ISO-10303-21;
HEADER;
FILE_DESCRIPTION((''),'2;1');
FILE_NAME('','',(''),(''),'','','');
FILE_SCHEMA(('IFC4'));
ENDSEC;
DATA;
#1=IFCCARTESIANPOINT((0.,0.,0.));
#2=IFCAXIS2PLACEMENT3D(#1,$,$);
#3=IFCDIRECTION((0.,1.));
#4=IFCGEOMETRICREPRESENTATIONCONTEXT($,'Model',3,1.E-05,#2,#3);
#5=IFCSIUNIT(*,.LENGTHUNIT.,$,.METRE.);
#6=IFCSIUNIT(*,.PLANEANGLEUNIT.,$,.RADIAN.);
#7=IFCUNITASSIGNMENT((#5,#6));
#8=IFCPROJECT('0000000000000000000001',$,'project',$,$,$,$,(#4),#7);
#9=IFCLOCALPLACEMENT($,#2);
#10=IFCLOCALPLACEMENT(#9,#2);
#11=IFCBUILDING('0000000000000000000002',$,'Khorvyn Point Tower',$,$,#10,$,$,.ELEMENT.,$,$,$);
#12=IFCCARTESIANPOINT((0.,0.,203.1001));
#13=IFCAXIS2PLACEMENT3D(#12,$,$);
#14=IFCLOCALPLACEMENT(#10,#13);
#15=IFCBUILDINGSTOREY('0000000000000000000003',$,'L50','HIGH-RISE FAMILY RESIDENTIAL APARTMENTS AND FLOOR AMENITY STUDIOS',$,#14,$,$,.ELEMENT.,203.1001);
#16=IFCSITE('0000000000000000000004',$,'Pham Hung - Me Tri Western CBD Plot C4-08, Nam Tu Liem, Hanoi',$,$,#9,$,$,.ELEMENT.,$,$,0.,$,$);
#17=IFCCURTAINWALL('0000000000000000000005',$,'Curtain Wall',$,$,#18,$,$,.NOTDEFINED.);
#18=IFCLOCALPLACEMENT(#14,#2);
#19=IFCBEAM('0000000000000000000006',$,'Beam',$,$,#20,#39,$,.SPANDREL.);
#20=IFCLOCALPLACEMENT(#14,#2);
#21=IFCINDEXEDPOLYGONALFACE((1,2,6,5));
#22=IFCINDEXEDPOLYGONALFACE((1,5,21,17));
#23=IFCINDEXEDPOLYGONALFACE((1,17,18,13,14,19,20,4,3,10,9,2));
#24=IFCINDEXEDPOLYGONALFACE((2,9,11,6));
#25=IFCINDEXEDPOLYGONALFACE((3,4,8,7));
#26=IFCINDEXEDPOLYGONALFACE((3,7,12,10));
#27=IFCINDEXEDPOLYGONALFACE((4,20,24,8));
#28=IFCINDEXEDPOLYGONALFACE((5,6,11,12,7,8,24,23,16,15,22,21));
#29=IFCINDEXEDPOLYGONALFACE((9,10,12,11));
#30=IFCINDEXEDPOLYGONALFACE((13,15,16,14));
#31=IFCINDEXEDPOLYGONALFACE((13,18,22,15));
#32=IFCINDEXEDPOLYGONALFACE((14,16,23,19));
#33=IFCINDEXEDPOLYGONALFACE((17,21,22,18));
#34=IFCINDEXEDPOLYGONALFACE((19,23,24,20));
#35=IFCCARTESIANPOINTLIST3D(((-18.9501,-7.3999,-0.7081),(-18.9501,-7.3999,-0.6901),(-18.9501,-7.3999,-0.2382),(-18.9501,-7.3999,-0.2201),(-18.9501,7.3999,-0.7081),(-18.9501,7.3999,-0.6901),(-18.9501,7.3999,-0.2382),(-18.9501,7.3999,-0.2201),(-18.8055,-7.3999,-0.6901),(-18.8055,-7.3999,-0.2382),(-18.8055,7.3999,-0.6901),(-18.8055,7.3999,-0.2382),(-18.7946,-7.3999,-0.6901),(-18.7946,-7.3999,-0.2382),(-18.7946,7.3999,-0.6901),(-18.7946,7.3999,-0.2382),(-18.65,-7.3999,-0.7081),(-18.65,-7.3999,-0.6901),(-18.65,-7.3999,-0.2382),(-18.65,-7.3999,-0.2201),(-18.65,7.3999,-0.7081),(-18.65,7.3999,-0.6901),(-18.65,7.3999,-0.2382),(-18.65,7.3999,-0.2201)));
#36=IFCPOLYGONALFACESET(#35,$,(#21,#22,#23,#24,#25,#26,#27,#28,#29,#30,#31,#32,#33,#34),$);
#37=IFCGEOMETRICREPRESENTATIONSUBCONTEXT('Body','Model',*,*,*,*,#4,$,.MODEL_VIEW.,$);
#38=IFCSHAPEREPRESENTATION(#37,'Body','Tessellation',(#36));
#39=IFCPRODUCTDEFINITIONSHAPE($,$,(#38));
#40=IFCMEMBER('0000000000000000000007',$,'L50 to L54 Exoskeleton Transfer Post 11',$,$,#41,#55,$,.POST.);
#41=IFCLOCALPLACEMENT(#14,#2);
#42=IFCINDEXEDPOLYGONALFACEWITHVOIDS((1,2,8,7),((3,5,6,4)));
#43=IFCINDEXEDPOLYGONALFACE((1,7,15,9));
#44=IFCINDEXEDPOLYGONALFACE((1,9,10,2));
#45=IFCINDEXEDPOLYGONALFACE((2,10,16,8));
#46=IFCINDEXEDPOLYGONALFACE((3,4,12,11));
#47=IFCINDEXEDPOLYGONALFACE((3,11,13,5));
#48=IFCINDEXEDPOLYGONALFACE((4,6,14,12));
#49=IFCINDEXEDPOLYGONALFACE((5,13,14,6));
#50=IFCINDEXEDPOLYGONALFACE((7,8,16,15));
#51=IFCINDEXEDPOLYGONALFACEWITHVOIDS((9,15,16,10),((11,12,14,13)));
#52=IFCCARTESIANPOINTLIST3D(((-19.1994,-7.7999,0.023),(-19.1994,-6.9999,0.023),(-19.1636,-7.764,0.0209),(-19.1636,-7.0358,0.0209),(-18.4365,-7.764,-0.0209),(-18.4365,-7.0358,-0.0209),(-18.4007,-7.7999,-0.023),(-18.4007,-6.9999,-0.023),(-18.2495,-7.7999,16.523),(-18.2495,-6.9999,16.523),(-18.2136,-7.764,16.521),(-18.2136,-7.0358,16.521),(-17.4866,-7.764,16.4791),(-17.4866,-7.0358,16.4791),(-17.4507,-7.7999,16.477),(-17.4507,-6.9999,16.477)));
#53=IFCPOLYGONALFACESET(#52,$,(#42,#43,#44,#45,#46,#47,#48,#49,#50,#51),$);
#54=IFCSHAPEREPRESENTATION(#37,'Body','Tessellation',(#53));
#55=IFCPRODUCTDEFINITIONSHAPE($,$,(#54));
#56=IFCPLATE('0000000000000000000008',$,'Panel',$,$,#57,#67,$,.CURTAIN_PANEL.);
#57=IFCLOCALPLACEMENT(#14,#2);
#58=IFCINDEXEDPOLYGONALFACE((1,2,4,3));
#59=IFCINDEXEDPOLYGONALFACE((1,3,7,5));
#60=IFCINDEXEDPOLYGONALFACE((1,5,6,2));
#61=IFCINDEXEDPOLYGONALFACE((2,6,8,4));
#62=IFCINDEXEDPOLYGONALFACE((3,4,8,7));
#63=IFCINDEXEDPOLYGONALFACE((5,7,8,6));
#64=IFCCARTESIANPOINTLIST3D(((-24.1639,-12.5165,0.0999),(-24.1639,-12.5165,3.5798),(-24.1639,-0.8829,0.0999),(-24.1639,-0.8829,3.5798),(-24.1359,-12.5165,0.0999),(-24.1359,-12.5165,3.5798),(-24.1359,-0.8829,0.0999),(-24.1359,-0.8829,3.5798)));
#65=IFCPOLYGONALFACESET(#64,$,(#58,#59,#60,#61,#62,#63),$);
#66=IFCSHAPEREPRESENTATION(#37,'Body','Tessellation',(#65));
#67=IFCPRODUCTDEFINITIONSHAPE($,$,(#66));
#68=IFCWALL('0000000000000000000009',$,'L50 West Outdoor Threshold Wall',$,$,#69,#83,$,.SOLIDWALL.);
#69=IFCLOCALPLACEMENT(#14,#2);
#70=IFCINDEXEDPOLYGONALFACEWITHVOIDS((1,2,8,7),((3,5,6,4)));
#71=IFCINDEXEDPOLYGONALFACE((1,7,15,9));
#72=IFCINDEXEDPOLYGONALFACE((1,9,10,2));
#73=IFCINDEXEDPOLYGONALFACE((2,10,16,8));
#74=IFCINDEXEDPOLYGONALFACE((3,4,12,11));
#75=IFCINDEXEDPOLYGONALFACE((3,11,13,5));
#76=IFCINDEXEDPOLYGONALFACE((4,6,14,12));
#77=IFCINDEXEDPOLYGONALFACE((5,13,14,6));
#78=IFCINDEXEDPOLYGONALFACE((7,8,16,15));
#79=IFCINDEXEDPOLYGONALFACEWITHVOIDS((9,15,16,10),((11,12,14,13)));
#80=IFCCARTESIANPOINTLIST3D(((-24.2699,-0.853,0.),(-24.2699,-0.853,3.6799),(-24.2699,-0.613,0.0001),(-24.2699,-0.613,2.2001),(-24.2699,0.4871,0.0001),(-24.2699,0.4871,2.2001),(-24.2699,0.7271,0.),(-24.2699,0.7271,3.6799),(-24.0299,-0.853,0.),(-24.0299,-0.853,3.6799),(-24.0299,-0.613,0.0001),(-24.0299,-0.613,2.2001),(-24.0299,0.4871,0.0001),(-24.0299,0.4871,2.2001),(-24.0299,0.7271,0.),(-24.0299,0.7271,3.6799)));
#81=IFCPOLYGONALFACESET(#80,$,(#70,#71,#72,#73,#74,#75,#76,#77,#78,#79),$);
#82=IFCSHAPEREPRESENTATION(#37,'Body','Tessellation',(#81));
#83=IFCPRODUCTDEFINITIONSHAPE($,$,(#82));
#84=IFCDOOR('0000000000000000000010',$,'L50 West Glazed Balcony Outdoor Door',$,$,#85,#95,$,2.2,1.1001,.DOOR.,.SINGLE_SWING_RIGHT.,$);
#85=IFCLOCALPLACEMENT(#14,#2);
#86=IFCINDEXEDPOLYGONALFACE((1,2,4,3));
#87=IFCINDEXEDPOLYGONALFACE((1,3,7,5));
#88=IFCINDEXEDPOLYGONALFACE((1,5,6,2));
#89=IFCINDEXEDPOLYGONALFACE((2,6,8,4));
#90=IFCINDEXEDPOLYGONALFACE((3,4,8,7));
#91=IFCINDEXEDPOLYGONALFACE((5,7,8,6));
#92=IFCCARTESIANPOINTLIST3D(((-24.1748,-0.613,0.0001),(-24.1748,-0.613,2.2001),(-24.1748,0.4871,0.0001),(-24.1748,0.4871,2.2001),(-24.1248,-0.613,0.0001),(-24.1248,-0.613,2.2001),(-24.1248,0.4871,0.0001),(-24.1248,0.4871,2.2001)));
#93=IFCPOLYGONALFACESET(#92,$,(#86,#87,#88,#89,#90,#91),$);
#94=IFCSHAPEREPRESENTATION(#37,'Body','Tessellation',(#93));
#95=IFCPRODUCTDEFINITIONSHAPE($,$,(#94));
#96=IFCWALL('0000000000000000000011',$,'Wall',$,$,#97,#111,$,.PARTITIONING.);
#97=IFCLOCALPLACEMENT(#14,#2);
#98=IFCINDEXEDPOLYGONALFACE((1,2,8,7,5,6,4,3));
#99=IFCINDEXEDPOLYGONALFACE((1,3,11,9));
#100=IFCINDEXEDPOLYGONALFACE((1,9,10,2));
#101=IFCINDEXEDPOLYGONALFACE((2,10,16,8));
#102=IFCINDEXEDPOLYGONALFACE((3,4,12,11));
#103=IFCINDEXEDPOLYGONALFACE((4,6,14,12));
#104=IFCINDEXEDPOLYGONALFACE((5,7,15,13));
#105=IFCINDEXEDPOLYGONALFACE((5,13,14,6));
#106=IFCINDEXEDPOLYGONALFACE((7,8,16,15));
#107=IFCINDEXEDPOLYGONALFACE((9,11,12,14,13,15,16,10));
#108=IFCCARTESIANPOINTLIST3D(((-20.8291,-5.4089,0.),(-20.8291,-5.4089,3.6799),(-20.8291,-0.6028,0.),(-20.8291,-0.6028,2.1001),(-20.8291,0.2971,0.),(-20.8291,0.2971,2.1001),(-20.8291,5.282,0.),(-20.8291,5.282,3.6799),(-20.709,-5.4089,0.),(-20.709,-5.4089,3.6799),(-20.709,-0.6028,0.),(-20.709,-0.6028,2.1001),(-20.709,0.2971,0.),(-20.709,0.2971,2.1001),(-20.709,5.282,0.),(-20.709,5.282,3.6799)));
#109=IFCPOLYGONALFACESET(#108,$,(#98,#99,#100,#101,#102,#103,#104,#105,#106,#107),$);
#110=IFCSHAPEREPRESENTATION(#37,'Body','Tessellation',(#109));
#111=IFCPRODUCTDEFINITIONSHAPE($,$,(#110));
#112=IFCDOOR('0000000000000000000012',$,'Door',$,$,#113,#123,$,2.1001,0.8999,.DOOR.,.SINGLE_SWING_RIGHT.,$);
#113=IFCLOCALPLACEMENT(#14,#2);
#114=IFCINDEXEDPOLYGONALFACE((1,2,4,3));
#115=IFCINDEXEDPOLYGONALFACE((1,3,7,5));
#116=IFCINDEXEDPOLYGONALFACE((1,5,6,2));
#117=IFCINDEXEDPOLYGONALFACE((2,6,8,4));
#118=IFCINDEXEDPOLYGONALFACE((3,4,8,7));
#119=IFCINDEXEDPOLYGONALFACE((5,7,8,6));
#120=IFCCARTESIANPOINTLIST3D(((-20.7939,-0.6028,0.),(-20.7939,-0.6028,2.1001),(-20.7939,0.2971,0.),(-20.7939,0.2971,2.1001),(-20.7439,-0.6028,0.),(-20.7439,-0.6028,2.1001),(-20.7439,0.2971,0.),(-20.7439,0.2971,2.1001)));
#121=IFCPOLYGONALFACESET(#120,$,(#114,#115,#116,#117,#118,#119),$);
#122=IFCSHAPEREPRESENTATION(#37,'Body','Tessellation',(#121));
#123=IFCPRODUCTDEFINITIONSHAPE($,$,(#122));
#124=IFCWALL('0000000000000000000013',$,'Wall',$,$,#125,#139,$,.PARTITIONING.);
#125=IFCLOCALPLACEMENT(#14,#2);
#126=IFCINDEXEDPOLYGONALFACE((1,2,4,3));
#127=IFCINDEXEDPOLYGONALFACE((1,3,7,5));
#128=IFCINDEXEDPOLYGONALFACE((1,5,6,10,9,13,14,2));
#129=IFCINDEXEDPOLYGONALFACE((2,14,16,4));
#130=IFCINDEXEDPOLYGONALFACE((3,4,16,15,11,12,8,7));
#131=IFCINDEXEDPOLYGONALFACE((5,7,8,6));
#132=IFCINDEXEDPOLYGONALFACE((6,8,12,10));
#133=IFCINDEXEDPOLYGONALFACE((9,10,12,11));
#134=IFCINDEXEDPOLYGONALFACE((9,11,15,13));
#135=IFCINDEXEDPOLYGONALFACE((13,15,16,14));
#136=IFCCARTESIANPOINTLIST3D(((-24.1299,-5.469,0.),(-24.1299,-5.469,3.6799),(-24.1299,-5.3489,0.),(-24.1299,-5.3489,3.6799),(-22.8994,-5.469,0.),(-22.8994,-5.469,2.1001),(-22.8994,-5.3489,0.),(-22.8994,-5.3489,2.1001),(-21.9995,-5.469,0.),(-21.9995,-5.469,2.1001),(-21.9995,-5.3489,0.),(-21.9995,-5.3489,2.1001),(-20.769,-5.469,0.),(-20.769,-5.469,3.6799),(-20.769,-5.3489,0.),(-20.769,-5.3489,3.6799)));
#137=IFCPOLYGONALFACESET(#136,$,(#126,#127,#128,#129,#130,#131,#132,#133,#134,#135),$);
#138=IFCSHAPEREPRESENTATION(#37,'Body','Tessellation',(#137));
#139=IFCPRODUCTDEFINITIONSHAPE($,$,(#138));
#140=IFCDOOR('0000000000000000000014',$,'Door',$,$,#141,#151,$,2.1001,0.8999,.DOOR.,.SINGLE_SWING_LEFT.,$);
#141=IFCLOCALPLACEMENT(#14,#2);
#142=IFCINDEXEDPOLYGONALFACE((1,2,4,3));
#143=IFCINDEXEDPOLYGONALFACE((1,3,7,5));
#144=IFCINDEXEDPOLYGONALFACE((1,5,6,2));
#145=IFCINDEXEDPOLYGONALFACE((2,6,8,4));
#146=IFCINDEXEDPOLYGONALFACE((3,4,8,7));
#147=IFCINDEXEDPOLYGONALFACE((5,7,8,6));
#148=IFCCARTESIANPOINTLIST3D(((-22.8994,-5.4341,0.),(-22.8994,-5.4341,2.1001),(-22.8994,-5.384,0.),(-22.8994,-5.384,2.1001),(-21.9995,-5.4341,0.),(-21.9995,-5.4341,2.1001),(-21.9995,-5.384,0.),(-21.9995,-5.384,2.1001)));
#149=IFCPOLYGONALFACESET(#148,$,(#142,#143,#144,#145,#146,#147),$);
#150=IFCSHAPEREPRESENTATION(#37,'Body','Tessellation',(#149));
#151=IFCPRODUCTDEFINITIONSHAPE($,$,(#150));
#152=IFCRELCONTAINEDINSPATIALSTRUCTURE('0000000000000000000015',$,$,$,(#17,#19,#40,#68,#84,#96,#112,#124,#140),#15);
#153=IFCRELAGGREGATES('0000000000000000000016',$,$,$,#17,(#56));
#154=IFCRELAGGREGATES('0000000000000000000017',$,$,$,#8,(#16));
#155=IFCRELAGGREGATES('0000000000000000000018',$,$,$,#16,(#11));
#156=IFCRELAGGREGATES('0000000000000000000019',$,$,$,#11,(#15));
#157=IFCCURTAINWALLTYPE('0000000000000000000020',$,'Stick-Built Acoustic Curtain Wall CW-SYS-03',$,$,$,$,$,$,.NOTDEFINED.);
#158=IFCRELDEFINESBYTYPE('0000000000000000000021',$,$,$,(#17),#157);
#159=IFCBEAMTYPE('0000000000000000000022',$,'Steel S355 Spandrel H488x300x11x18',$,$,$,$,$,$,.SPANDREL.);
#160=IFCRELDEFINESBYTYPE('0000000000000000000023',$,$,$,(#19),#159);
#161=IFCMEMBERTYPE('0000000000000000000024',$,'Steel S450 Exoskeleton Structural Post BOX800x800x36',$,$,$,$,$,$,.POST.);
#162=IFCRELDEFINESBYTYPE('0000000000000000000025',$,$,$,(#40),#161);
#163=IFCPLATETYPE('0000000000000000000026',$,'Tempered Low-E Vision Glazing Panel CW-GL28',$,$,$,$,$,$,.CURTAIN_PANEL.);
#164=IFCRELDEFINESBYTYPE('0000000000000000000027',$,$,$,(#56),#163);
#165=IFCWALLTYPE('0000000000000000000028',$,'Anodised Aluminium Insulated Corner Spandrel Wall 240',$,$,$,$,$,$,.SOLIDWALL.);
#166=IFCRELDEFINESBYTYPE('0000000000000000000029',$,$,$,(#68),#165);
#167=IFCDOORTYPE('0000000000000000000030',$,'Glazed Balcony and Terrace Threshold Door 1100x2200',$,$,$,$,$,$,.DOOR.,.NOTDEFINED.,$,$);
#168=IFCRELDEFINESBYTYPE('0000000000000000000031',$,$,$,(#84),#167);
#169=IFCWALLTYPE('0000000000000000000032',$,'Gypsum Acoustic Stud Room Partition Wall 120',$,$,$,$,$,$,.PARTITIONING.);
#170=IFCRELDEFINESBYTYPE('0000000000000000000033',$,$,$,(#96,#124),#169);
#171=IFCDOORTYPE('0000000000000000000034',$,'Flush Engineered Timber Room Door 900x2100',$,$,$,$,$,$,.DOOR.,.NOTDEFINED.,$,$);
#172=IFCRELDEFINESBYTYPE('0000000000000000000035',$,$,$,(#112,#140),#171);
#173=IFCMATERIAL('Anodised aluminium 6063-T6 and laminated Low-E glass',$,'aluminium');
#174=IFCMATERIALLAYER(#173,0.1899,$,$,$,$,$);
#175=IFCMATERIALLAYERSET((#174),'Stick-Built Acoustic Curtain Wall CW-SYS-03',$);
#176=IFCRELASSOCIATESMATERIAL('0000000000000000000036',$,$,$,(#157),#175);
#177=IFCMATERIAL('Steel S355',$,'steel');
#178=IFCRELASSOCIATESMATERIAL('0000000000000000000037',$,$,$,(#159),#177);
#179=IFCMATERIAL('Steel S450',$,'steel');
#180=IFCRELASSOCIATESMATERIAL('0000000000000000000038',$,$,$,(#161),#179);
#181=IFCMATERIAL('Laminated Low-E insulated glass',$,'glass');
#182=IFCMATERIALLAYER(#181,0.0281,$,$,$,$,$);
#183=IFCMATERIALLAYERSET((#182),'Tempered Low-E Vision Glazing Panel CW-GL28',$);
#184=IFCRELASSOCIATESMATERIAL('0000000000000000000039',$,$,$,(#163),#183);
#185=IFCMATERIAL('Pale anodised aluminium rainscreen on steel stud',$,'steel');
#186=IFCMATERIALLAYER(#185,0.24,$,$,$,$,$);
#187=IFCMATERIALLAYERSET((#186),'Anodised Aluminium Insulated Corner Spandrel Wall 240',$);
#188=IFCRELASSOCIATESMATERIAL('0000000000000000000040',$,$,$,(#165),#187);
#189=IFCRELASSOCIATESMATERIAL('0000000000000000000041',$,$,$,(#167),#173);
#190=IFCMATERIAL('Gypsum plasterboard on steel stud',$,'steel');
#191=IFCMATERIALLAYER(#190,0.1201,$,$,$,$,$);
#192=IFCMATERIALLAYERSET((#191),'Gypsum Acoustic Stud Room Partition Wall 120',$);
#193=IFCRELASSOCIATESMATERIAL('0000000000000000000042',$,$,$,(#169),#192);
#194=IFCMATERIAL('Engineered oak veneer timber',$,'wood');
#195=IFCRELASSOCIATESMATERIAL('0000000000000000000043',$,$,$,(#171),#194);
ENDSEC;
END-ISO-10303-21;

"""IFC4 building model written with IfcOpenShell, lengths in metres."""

from ifc_helpers import new_model, si_unit, direction, frame, frame_2d, origin, origin_2d, place, context, subcontext, project, spatial, rectangle, hollow_rectangle, i_section, extrude, material, layer, layer_set, material_profile, profile_set, type_object, element, fill, aggregate, save


model = new_model("IFC4")

# Units and contexts
model_context = context("Model", 3, precision=1e-05, world=origin(), true_north=direction((0.0, 1.0)))
body_context = subcontext(model_context, "Body", "Model", "MODEL_VIEW")
ifc_project = project(units=[si_unit("LENGTHUNIT", "METRE"), si_unit("PLANEANGLEUNIT", "RADIAN")], contexts=[model_context])

# Site, building, storey
site_placement = place(None, origin())
site = spatial("IfcSite", under=ifc_project, at=site_placement, Name="Pham Hung - Me Tri Western CBD Plot C4-08, Nam Tu Liem, Hanoi", CompositionType="ELEMENT", RefElevation=0.0)
building_placement = place(site_placement, origin())
building = spatial("IfcBuilding", under=site, at=building_placement, Name="Khorvyn Point Tower", CompositionType="ELEMENT")
storey_placement = place(building_placement, frame((0.0, 0.0, 203.1001)))
storey = spatial("IfcBuildingStorey", under=building, at=storey_placement, Name="L50", Description="HIGH-RISE FAMILY RESIDENTIAL APARTMENTS AND FLOOR AMENITY STUDIOS", CompositionType="ELEMENT", Elevation=203.1001)

# Curtain wall
ifc_material_1 = material(Name="Anodised aluminium 6063-T6 and laminated Low-E glass", Category="aluminium")
ifc_layer_1 = layer(ifc_material_1, 0.1899)
ifc_layer_set_1 = layer_set([ifc_layer_1], Name="Stick-Built Acoustic Curtain Wall CW-SYS-03")
curtain_wall_type = type_object("IfcCurtainWallType", Name="Stick-Built Acoustic Curtain Wall CW-SYS-03", PredefinedType="NOTDEFINED", material=ifc_layer_set_1)
curtain_wall_1_placement = place(storey_placement, origin())
curtain_wall_1 = element("IfcCurtainWall", 1, at=curtain_wall_1_placement, inside=storey, type_object=curtain_wall_type, Name="Curtain Wall", PredefinedType="NOTDEFINED")

# Beam
ifc_material_2 = material(Name="Steel S355", Category="steel")
ifc_material_profile_1 = material_profile(ifc_material_2, i_section(OverallWidth=0.3, OverallDepth=0.488, WebThickness=0.011, FlangeThickness=0.0181, at=origin_2d()))
ifc_profile_set_1 = profile_set([ifc_material_profile_1], Name="Steel S355 H488x300x11x18")
beam_type_1 = type_object("IfcBeamType", Name="Steel S355 Spandrel H488x300x11x18", PredefinedType="SPANDREL", material=ifc_profile_set_1)
for number, where, z_axis, x_axis, name in (
    (2, (-18.8, -7.3999, -0.4641), (0.0, 1.0, 0.0), (-1.0, 0.0, 0.0), "Beam"),
):
    element("IfcBeam", number, at=place(storey_placement, frame(where, z_axis=z_axis, x_axis=x_axis)), inside=storey, type_object=beam_type_1, Name=name, PredefinedType="SPANDREL", context=body_context, shape_type="SweptSolid", body=[
        extrude(i_section(OverallWidth=0.3, OverallDepth=0.488, WebThickness=0.011, FlangeThickness=0.0181, at=origin_2d()), origin(), (0.0, 0.0, 1.0), 14.7998),
    ])

# Member
ifc_material_3 = material(Name="Steel S450", Category="steel")
ifc_material_profile_2 = material_profile(ifc_material_3, hollow_rectangle(XDim=0.8, YDim=0.8, WallThickness=0.0359, at=origin_2d()))
ifc_profile_set_2 = profile_set([ifc_material_profile_2], Name="Steel S450 BOX800x800x36")
member_type_1 = type_object("IfcMemberType", Name="Steel S450 Exoskeleton Structural Post BOX800x800x36", PredefinedType="POST", material=ifc_profile_set_2)
member_1_placement = place(storey_placement, frame((-18.8, -7.3999, 0.0), z_axis=(0.057478, 0.0, 0.998347), x_axis=(0.0, 1.0, 0.0)))
element("IfcMember", 3, at=member_1_placement, inside=storey, type_object=member_type_1, Name="L50 to L54 Exoskeleton Transfer Post 11", PredefinedType="POST", context=body_context, shape_type="SweptSolid", body=[
    extrude(hollow_rectangle(XDim=0.8, YDim=0.8, WallThickness=0.0359, at=origin_2d()), origin(), (0.0, 0.0, 1.0), 16.5273),
])

# Plate
ifc_material_4 = material(Name="Laminated Low-E insulated glass", Category="glass")
ifc_layer_2 = layer(ifc_material_4, 0.0281)
ifc_layer_set_2 = layer_set([ifc_layer_2], Name="Tempered Low-E Vision Glazing Panel CW-GL28")
plate_type = type_object("IfcPlateType", Name="Tempered Low-E Vision Glazing Panel CW-GL28", PredefinedType="CURTAIN_PANEL", material=ifc_layer_set_2)
plate_placement = place(storey_placement, frame((-24.1499, -6.6997, 0.0999), z_axis=(0.0, 0.0, 1.0), x_axis=(0.0, 1.0, 0.0)))
plate = element("IfcPlate", 4, at=plate_placement, type_object=plate_type, Name="Panel", PredefinedType="CURTAIN_PANEL", context=body_context, shape_type="SweptSolid", body=[
    extrude(rectangle(XDim=11.6335, YDim=0.0281, at=origin_2d()), origin(), (0.0, 0.0, 1.0), 3.48),
])
aggregate(curtain_wall_1, [plate])

# Walls, openings, doors
ifc_material_5 = material(Name="Pale anodised aluminium rainscreen on steel stud", Category="steel")
ifc_layer_3 = layer(ifc_material_5, 0.24)
ifc_layer_set_3 = layer_set([ifc_layer_3], Name="Anodised Aluminium Insulated Corner Spandrel Wall 240")
wall_type_1 = type_object("IfcWallType", Name="Anodised Aluminium Insulated Corner Spandrel Wall 240", PredefinedType="SOLIDWALL", material=ifc_layer_set_3)
wall_1_placement = place(storey_placement, frame((-24.1499, -0.853, 0.0), z_axis=(0.0, 0.0, 1.0), x_axis=(0.0, 1.0, 0.0)))
wall_1 = element("IfcWall", 5, at=wall_1_placement, inside=storey, type_object=wall_type_1, Name="L50 West Outdoor Threshold Wall", PredefinedType="SOLIDWALL", context=body_context, shape_type="SweptSolid", body=[
    extrude(rectangle(XDim=1.5801, YDim=0.24, at=frame_2d((0.79, 0.0))), origin(), (0.0, 0.0, 1.0), 3.6799),
])
opening_1_placement = place(wall_1_placement, frame((0.24, 0.0, 0.0)))
opening_1 = element("IfcOpeningElement", 6, at=opening_1_placement, cuts=wall_1, PredefinedType="OPENING", context=body_context, shape_type="SweptSolid", body=[
    extrude(rectangle(XDim=1.1001, YDim=2.2, at=frame_2d((0.55, 1.1001))), frame((0.0, 0.1299, 0.0), z_axis=(0.0, -1.0, 0.0), x_axis=(1.0, 0.0, 0.0)), (0.0, 0.0, 1.0), 0.26),
])
door_type_1 = type_object("IfcDoorType", Name="Glazed Balcony and Terrace Threshold Door 1100x2200", OperationType="NOTDEFINED", PredefinedType="DOOR", material=ifc_material_1)
door_1_placement = place(opening_1_placement, origin())
door_1 = element("IfcDoor", 7, at=door_1_placement, inside=storey, type_object=door_type_1, Name="L50 West Glazed Balcony Outdoor Door", OperationType="SINGLE_SWING_RIGHT", OverallHeight=2.2, OverallWidth=1.1001, PredefinedType="DOOR", context=body_context, shape_type="SweptSolid", body=[
    extrude(rectangle(XDim=1.1001, YDim=2.2, at=frame_2d((0.55, 1.1001))), frame((0.0, 0.0249, 0.0), z_axis=(0.0, -1.0, 0.0), x_axis=(1.0, 0.0, 0.0)), (0.0, 0.0, 1.0), 0.05),
])
fill(opening_1, door_1)
ifc_material_6 = material(Name="Gypsum plasterboard on steel stud", Category="steel")
ifc_layer_4 = layer(ifc_material_6, 0.1201)
ifc_layer_set_4 = layer_set([ifc_layer_4], Name="Gypsum Acoustic Stud Room Partition Wall 120")
wall_type_2 = type_object("IfcWallType", Name="Gypsum Acoustic Stud Room Partition Wall 120", PredefinedType="PARTITIONING", material=ifc_layer_set_4)
wall_2_placement = place(storey_placement, frame((-20.769, -5.4089, 0.0), z_axis=(0.0, 0.0, 1.0), x_axis=(0.0, 1.0, 0.0)))
wall_2 = element("IfcWall", 8, at=wall_2_placement, inside=storey, type_object=wall_type_2, Name="Wall", PredefinedType="PARTITIONING", context=body_context, shape_type="SweptSolid", body=[
    extrude(rectangle(XDim=10.6909, YDim=0.1201, at=frame_2d((5.3455, 0.0))), origin(), (0.0, 0.0, 1.0), 3.6799),
])
opening_2_placement = place(wall_2_placement, frame((4.8062, 0.0, 0.0)))
opening_2 = element("IfcOpeningElement", 9, at=opening_2_placement, cuts=wall_2, PredefinedType="OPENING", context=body_context, shape_type="SweptSolid", body=[
    extrude(rectangle(XDim=0.8999, YDim=2.1001, at=frame_2d((0.45, 1.05))), frame((0.0, 0.0701, 0.0), z_axis=(0.0, -1.0, 0.0), x_axis=(1.0, 0.0, 0.0)), (0.0, 0.0, 1.0), 0.1401),
])
ifc_material_7 = material(Name="Engineered oak veneer timber", Category="wood")
door_type_2 = type_object("IfcDoorType", Name="Flush Engineered Timber Room Door 900x2100", OperationType="NOTDEFINED", PredefinedType="DOOR", material=ifc_material_7)
door_2_placement = place(opening_2_placement, origin())
door_2 = element("IfcDoor", 10, at=door_2_placement, inside=storey, type_object=door_type_2, Name="Door", OperationType="SINGLE_SWING_RIGHT", OverallHeight=2.1001, OverallWidth=0.8999, PredefinedType="DOOR", context=body_context, shape_type="SweptSolid", body=[
    extrude(rectangle(XDim=0.8999, YDim=2.1001, at=frame_2d((0.45, 1.05))), frame((0.0, 0.0249, 0.0), z_axis=(0.0, -1.0, 0.0), x_axis=(1.0, 0.0, 0.0)), (0.0, 0.0, 1.0), 0.05),
])
fill(opening_2, door_2)
wall_3_placement = place(storey_placement, frame((-24.1299, -5.4089, 0.0), z_axis=(0.0, 0.0, 1.0), x_axis=(1.0, 0.0, 0.0)))
wall_3 = element("IfcWall", 11, at=wall_3_placement, inside=storey, type_object=wall_type_2, Name="Wall", PredefinedType="PARTITIONING", context=body_context, shape_type="SweptSolid", body=[
    extrude(rectangle(XDim=3.3608, YDim=0.1201, at=frame_2d((1.6804, 0.0))), origin(), (0.0, 0.0, 1.0), 3.6799),
])
opening_3_placement = place(wall_3_placement, frame((1.2305, 0.0, 0.0)))
opening_3 = element("IfcOpeningElement", 12, at=opening_3_placement, cuts=wall_3, PredefinedType="OPENING", context=body_context, shape_type="SweptSolid", body=[
    extrude(rectangle(XDim=0.8999, YDim=2.1001, at=frame_2d((0.45, 1.05))), frame((0.0, 0.0701, 0.0), z_axis=(0.0, -1.0, 0.0), x_axis=(1.0, 0.0, 0.0)), (0.0, 0.0, 1.0), 0.1401),
])
door_3_placement = place(opening_3_placement, origin())
door_3 = element("IfcDoor", 13, at=door_3_placement, inside=storey, type_object=door_type_2, Name="Door", OperationType="SINGLE_SWING_LEFT", OverallHeight=2.1001, OverallWidth=0.8999, PredefinedType="DOOR", context=body_context, shape_type="SweptSolid", body=[
    extrude(rectangle(XDim=0.8999, YDim=2.1001, at=frame_2d((0.45, 1.05))), frame((0.0, 0.0249, 0.0), z_axis=(0.0, -1.0, 0.0), x_axis=(1.0, 0.0, 0.0)), (0.0, 0.0, 1.0), 0.05),
])
fill(opening_3, door_3)

save(model, "model.ifc")
